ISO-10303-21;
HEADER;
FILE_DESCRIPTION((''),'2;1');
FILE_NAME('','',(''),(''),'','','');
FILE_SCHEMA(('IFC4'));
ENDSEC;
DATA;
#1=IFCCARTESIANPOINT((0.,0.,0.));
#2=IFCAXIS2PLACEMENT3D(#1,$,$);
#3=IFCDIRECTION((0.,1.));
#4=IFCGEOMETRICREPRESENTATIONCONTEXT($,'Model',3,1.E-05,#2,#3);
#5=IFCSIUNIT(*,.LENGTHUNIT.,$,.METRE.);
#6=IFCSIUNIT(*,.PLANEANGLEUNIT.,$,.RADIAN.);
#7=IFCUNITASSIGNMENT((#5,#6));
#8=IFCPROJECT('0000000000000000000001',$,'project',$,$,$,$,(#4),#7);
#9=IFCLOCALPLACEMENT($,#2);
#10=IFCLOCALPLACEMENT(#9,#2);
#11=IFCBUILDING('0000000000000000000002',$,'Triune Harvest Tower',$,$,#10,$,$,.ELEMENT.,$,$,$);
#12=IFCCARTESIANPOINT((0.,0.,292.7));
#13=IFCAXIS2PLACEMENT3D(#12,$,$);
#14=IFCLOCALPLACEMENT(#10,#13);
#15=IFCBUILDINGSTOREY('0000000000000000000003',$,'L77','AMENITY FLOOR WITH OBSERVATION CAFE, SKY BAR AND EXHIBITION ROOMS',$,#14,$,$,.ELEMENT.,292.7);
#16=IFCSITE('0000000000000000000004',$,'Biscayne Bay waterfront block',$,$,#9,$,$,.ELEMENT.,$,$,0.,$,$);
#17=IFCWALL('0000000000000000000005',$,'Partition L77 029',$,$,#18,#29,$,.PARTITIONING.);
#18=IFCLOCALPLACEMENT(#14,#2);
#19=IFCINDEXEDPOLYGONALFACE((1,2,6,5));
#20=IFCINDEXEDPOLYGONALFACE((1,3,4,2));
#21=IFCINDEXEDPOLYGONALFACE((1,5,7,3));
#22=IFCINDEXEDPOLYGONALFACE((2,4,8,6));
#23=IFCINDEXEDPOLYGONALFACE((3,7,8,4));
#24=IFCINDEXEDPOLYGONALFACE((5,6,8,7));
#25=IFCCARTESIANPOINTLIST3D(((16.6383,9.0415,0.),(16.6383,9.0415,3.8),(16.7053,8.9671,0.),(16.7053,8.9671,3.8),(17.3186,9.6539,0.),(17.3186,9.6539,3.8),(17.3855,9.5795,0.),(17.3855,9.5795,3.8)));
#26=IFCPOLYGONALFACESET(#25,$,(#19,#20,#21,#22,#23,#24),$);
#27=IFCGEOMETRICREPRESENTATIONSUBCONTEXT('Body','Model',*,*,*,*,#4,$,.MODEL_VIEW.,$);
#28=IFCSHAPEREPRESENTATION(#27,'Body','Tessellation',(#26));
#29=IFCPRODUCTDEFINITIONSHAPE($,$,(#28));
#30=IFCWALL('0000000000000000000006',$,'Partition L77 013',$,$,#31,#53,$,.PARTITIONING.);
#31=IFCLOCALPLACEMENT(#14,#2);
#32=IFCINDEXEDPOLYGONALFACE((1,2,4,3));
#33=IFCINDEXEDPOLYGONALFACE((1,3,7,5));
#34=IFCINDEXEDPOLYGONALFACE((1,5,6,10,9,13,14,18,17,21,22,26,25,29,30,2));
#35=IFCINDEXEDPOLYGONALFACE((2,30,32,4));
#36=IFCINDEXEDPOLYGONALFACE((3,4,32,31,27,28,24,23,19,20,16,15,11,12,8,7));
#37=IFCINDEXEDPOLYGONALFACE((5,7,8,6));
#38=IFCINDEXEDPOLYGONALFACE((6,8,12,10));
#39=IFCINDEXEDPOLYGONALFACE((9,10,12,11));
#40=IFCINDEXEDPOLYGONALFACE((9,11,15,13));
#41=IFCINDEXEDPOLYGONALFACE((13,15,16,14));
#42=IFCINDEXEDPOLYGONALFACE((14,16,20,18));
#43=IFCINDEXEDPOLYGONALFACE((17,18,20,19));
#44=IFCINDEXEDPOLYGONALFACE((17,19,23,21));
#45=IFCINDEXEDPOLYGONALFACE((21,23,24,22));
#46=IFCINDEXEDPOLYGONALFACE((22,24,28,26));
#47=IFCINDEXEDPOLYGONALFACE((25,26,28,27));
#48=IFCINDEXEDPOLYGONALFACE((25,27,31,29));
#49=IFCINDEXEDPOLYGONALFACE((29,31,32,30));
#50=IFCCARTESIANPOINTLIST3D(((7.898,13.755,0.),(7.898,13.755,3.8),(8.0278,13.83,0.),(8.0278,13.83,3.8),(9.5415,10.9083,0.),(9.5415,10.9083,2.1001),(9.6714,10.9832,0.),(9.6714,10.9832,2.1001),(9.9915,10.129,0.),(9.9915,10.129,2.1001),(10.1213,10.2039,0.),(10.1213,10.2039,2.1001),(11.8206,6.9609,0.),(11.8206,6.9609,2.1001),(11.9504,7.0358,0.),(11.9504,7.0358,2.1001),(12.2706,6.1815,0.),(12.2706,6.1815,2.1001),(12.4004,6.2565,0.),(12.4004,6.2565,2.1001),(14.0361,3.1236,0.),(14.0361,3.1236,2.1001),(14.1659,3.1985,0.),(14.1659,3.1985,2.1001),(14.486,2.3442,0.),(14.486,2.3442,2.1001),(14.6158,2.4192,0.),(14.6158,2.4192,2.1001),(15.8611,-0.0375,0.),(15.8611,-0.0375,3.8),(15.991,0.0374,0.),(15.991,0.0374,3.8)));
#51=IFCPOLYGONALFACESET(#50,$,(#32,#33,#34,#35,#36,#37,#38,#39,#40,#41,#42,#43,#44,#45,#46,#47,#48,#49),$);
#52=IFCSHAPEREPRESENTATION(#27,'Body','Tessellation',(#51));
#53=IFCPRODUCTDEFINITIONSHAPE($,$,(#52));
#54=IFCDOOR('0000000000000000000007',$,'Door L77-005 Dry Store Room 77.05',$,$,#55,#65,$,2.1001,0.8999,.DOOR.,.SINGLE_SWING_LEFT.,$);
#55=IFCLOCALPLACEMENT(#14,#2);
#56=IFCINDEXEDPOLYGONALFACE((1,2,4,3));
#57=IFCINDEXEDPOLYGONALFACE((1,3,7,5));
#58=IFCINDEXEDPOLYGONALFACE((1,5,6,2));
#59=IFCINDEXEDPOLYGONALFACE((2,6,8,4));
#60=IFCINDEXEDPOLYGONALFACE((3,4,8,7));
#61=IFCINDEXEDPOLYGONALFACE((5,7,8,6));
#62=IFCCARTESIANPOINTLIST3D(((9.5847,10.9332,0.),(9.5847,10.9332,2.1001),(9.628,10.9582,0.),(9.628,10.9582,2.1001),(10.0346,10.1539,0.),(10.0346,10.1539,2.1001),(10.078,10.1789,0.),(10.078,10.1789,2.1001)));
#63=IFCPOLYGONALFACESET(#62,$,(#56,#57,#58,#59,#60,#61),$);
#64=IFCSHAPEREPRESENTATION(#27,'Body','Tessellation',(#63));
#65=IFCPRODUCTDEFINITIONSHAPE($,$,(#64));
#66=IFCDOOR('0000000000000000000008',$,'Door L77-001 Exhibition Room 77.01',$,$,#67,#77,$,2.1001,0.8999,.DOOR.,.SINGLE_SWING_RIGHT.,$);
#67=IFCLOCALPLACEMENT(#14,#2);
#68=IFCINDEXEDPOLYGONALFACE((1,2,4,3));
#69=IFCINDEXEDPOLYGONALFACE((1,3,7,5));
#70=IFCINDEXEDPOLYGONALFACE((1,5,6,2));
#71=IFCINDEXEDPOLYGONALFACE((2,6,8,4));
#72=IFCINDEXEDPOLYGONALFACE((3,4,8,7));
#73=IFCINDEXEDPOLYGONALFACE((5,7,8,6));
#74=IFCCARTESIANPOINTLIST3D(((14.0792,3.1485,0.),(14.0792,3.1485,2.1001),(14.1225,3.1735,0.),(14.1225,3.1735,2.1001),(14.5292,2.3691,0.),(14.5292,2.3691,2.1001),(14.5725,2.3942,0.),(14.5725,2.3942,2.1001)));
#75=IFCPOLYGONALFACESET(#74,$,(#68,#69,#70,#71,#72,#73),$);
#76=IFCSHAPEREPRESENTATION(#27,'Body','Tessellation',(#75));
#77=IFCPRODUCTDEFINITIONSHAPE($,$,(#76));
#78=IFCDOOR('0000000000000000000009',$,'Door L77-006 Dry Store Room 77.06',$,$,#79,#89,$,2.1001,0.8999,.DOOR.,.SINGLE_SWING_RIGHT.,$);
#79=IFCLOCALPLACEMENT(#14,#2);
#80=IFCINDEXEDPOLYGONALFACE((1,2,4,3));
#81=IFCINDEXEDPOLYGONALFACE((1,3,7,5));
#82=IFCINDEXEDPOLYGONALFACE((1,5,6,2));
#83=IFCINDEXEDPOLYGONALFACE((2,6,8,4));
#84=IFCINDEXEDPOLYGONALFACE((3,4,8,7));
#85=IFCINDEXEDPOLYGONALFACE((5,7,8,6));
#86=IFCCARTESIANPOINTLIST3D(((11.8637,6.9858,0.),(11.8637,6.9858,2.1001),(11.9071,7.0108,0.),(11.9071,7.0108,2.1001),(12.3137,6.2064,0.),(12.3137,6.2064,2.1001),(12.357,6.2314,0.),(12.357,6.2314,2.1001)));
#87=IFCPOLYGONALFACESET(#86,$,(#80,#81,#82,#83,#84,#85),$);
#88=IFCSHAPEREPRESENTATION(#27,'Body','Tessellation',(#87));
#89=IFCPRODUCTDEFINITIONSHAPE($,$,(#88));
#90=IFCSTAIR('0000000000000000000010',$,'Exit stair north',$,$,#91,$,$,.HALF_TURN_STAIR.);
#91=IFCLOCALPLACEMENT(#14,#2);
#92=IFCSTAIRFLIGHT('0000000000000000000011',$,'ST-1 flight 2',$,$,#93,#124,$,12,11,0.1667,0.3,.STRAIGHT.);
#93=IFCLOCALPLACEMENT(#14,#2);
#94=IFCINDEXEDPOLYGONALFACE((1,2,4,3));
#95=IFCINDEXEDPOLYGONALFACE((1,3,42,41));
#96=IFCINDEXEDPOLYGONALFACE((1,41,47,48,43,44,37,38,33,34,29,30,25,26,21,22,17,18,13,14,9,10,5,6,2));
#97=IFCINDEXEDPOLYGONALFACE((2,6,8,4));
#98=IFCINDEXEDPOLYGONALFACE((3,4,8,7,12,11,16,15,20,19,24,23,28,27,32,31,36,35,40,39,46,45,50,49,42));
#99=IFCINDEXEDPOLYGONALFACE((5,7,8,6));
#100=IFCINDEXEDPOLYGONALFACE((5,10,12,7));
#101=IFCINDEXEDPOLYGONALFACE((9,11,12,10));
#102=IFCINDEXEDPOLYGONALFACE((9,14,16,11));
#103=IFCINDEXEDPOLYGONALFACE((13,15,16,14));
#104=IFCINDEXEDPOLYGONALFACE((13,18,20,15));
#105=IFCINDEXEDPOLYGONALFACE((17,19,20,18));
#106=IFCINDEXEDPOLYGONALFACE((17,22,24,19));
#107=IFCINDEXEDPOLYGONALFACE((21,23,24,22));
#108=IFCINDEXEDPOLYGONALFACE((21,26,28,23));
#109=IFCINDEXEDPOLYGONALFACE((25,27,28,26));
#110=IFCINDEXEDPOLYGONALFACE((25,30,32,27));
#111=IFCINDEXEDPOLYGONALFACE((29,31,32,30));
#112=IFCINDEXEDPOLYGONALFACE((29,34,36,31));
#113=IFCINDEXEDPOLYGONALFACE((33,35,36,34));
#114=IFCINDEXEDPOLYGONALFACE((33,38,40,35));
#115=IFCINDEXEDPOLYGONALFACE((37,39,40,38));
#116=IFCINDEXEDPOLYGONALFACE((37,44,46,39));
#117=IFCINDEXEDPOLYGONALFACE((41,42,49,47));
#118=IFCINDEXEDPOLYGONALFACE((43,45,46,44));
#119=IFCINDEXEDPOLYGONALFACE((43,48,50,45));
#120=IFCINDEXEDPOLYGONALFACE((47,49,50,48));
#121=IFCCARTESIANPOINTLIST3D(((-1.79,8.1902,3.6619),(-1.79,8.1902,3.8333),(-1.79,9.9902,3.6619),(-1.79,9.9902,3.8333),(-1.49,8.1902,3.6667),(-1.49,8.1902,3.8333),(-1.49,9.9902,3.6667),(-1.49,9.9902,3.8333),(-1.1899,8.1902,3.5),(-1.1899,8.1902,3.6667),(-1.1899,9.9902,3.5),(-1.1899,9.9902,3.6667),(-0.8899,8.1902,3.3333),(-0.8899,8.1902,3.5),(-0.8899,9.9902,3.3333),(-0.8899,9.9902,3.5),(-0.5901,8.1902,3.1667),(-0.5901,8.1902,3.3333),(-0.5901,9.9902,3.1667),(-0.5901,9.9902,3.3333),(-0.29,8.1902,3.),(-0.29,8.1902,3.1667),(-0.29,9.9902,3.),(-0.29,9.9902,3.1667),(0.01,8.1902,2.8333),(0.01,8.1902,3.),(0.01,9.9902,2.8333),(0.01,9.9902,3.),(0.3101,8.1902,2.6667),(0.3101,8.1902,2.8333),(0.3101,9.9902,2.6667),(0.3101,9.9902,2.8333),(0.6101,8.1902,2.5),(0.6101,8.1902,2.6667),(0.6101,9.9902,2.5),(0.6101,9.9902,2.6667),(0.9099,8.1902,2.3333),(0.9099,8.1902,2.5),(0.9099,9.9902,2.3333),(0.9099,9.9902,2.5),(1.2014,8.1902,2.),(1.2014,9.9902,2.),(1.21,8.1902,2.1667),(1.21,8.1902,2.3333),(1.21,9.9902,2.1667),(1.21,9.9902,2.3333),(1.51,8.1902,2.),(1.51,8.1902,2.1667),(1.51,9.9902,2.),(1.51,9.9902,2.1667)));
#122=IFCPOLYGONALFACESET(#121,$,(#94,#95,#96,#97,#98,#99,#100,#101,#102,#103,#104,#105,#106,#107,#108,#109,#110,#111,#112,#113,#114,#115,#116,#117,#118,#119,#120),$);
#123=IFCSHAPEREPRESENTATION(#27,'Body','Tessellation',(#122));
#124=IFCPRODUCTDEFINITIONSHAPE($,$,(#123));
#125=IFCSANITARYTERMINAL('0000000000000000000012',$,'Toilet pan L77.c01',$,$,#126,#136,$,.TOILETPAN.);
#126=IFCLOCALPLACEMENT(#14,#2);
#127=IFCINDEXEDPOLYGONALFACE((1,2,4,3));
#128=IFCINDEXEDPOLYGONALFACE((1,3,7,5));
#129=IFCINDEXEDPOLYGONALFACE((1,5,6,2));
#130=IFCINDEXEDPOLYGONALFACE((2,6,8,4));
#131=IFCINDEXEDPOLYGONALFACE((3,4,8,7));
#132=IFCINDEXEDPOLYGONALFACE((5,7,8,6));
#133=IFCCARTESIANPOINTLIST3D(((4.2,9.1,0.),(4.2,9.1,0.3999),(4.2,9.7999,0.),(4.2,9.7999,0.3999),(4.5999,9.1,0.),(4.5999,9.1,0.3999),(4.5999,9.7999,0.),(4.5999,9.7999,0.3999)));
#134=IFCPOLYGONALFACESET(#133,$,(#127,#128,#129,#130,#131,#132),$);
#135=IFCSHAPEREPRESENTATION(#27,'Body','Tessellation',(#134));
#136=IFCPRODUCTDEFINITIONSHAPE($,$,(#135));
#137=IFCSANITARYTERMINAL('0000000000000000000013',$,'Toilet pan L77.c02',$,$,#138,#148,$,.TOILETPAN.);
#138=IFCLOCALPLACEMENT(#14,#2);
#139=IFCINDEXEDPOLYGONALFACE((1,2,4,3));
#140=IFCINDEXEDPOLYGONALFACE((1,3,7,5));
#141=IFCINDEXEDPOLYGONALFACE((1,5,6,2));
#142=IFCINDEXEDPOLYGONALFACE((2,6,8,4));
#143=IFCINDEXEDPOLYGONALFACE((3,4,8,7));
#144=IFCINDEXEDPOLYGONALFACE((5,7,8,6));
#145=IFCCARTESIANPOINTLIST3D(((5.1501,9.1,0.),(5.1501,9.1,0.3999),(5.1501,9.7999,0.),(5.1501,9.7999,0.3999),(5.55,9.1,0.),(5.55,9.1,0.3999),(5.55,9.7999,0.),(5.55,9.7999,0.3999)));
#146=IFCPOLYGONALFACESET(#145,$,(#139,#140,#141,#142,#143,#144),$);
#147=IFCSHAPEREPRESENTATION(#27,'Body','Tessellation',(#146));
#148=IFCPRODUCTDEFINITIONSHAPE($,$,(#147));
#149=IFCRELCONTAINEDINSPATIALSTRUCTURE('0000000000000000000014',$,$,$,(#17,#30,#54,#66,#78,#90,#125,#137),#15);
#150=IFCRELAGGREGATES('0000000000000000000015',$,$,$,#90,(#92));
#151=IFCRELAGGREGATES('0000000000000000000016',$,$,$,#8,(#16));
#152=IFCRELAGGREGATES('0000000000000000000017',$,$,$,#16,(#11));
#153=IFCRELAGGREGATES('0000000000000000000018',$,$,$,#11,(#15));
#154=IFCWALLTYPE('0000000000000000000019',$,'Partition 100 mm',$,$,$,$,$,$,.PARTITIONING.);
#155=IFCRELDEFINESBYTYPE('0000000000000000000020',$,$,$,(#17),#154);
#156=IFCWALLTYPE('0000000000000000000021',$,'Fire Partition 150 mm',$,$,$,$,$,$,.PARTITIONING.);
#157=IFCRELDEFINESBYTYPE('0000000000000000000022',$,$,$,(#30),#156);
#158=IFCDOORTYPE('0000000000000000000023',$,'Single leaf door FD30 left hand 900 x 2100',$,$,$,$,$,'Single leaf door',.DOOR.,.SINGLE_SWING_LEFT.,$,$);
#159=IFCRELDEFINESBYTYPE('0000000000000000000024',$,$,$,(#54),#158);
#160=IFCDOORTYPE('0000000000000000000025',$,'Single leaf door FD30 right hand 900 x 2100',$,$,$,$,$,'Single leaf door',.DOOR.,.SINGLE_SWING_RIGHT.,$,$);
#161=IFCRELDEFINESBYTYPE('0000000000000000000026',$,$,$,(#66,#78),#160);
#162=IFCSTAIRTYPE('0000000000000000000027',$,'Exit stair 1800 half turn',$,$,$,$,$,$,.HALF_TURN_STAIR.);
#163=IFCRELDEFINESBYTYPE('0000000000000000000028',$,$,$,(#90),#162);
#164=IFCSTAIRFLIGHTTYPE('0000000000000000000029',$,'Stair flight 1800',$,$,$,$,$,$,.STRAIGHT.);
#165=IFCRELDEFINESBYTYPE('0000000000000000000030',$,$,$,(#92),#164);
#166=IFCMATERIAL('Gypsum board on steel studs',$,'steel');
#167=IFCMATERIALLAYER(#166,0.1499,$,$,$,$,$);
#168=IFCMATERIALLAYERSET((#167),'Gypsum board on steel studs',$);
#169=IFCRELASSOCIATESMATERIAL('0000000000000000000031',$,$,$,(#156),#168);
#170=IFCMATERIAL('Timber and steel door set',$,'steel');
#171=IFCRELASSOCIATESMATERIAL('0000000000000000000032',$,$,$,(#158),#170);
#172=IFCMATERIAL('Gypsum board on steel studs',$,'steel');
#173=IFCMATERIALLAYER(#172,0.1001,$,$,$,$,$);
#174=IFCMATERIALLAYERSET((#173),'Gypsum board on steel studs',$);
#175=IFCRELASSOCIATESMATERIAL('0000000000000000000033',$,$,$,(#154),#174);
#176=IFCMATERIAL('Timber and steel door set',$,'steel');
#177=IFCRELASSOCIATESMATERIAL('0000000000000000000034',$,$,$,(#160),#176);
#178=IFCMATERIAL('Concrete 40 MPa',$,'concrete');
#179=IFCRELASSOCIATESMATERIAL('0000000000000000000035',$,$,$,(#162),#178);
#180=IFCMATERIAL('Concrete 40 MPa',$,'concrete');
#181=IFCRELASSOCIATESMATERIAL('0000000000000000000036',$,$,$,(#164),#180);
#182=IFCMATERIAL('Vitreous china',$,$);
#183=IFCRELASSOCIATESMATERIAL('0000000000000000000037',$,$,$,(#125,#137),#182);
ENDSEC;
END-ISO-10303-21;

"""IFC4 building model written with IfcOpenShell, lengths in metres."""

from ifc_helpers import new_model, si_unit, direction, frame, frame_2d, origin, origin_2d, place, context, subcontext, project, spatial, polyline, rectangle, outline, extrude, source, transform, mapped, material, layer, layer_set, type_object, element, fill, aggregate, save


model = new_model("IFC4")

# Units and contexts
model_context = context("Model", 3, precision=1e-05, world=origin(), true_north=direction((0.0, 1.0)))
body_context = subcontext(model_context, "Body", "Model", "MODEL_VIEW")
ifc_project = project(units=[si_unit("LENGTHUNIT", "METRE"), si_unit("PLANEANGLEUNIT", "RADIAN")], contexts=[model_context])

# Site, building, storey
site_placement = place(None, origin())
site = spatial("IfcSite", under=ifc_project, at=site_placement, Name="Biscayne Bay waterfront block", CompositionType="ELEMENT", RefElevation=0.0)
building_placement = place(site_placement, origin())
building = spatial("IfcBuilding", under=site, at=building_placement, Name="Triune Harvest Tower", CompositionType="ELEMENT")
storey_placement = place(building_placement, frame((0.0, 0.0, 292.7)))
storey = spatial("IfcBuildingStorey", under=building, at=storey_placement, Name="L77", Description="AMENITY FLOOR WITH OBSERVATION CAFE, SKY BAR AND EXHIBITION ROOMS", CompositionType="ELEMENT", Elevation=292.7)

# Shared definitions
ifc_material_1 = material(Name="Gypsum board on steel studs", Category="steel")
ifc_layer_1 = layer(ifc_material_1, 0.1499)
ifc_layer_set_1 = layer_set([ifc_layer_1], Name="Gypsum board on steel studs")
wall_type_1 = type_object("IfcWallType", Name="Fire Partition 150 mm", PredefinedType="PARTITIONING", material=ifc_layer_set_1)
ifc_material_2 = material(Name="Timber and steel door set", Category="steel")
door_type_1 = type_object("IfcDoorType", Name="Single leaf door FD30 left hand 900 x 2100", ElementType="Single leaf door", OperationType="SINGLE_SWING_LEFT", PredefinedType="DOOR", material=ifc_material_2)

# Shared definitions
ifc_material_3 = material(Name="Gypsum board on steel studs", Category="steel")
ifc_layer_2 = layer(ifc_material_3, 0.1001)
ifc_layer_set_2 = layer_set([ifc_layer_2], Name="Gypsum board on steel studs")
wall_type_2 = type_object("IfcWallType", Name="Partition 100 mm", PredefinedType="PARTITIONING", material=ifc_layer_set_2)

# Wall
shared_shape_1 = source(origin(), body_context, "Body", "SweptSolid", [
    extrude(rectangle(XDim=0.9153, YDim=0.1001, at=frame_2d((0.4575, 0.0))), origin(), (0.0, 0.0, 1.0), 3.8),
])
wall_1_placement = place(storey_placement, frame((16.6719, 9.0044, 0.0), z_axis=(0.0, 0.0, 1.0), x_axis=(0.743215, 0.669053, 0.0)))
element("IfcWall", 1, at=wall_1_placement, inside=storey, type_object=wall_type_2, Name="Partition L77 029", PredefinedType="PARTITIONING", context=body_context, shape_type="MappedRepresentation", body=[
    mapped(shared_shape_1, transform((0.0, 0.0, 0.0), scale=1.0)),
])

# Wall, openings, doors
shared_shape_2 = source(origin(), body_context, "Body", "SweptSolid", [
    extrude(rectangle(XDim=15.9263, YDim=0.1499, at=frame_2d((7.9631, 0.0))), origin(), (0.0, 0.0, 1.0), 3.8),
])
wall_2_placement = place(storey_placement, frame((7.9629, 13.7925, 0.0), z_axis=(0.0, 0.0, 1.0), x_axis=(0.500002, -0.866024, 0.0)))
wall_2 = element("IfcWall", 2, at=wall_2_placement, inside=storey, type_object=wall_type_1, Name="Partition L77 013", PredefinedType="PARTITIONING", context=body_context, shape_type="MappedRepresentation", body=[
    mapped(shared_shape_2, transform((0.0, 0.0, 0.0), scale=1.0)),
])
opening_1_placement = place(wall_2_placement, frame((12.2761, 0.0, 0.0)))
opening_1 = element("IfcOpeningElement", 3, at=opening_1_placement, cuts=wall_2, PredefinedType="OPENING", context=body_context, shape_type="SweptSolid", body=[
    extrude(rectangle(XDim=0.8999, YDim=2.1001, at=frame_2d((0.45, 1.05))), frame((0.0, 0.085, 0.0), z_axis=(0.0, -1.0, 0.0), x_axis=(1.0, 0.0, 0.0)), (0.0, 0.0, 1.0), 0.1699),
])
opening_2_placement = place(wall_2_placement, frame((3.2871, 0.0, 0.0)))
opening_2 = element("IfcOpeningElement", 4, at=opening_2_placement, cuts=wall_2, PredefinedType="OPENING", context=body_context, shape_type="SweptSolid", body=[
    extrude(rectangle(XDim=0.8999, YDim=2.1001, at=frame_2d((0.45, 1.05))), frame((0.0, 0.085, 0.0), z_axis=(0.0, -1.0, 0.0), x_axis=(1.0, 0.0, 0.0)), (0.0, 0.0, 1.0), 0.1699),
])
opening_3_placement = place(wall_2_placement, frame((7.8452, 0.0, 0.0)))
opening_3 = element("IfcOpeningElement", 5, at=opening_3_placement, cuts=wall_2, PredefinedType="OPENING", context=body_context, shape_type="SweptSolid", body=[
    extrude(rectangle(XDim=0.8999, YDim=2.1001, at=frame_2d((0.45, 1.05))), frame((0.0, 0.085, 0.0), z_axis=(0.0, -1.0, 0.0), x_axis=(1.0, 0.0, 0.0)), (0.0, 0.0, 1.0), 0.1699),
])
door_1_placement = place(opening_2_placement, origin())
door_1 = element("IfcDoor", 6, at=door_1_placement, inside=storey, type_object=door_type_1, Name="Door L77-005 Dry Store Room 77.05", OperationType="SINGLE_SWING_LEFT", OverallHeight=2.1001, OverallWidth=0.8999, PredefinedType="DOOR", context=body_context, shape_type="SweptSolid", body=[
    extrude(rectangle(XDim=0.8999, YDim=2.1001, at=frame_2d((0.45, 1.05))), frame((0.0, 0.0249, 0.0), z_axis=(0.0, -1.0, 0.0), x_axis=(1.0, 0.0, 0.0)), (0.0, 0.0, 1.0), 0.05),
])
fill(opening_2, door_1)
ifc_material_4 = material(Name="Timber and steel door set", Category="steel")
door_type_2 = type_object("IfcDoorType", Name="Single leaf door FD30 right hand 900 x 2100", ElementType="Single leaf door", OperationType="SINGLE_SWING_RIGHT", PredefinedType="DOOR", material=ifc_material_4)
door_2_placement = place(opening_1_placement, origin())
door_2 = element("IfcDoor", 7, at=door_2_placement, inside=storey, type_object=door_type_2, Name="Door L77-001 Exhibition Room 77.01", OperationType="SINGLE_SWING_RIGHT", OverallHeight=2.1001, OverallWidth=0.8999, PredefinedType="DOOR", context=body_context, shape_type="SweptSolid", body=[
    extrude(rectangle(XDim=0.8999, YDim=2.1001, at=frame_2d((0.45, 1.05))), frame((0.0, 0.0249, 0.0), z_axis=(0.0, -1.0, 0.0), x_axis=(1.0, 0.0, 0.0)), (0.0, 0.0, 1.0), 0.05),
])
fill(opening_1, door_2)
door_3_placement = place(opening_3_placement, origin())
door_3 = element("IfcDoor", 8, at=door_3_placement, inside=storey, type_object=door_type_2, Name="Door L77-006 Dry Store Room 77.06", OperationType="SINGLE_SWING_RIGHT", OverallHeight=2.1001, OverallWidth=0.8999, PredefinedType="DOOR", context=body_context, shape_type="SweptSolid", body=[
    extrude(rectangle(XDim=0.8999, YDim=2.1001, at=frame_2d((0.45, 1.05))), frame((0.0, 0.0249, 0.0), z_axis=(0.0, -1.0, 0.0), x_axis=(1.0, 0.0, 0.0)), (0.0, 0.0, 1.0), 0.05),
])
fill(opening_3, door_3)

# Stair, stair flight
ifc_material_5 = material(Name="Concrete 40 MPa", Category="concrete")
stair_type = type_object("IfcStairType", Name="Exit stair 1800 half turn", PredefinedType="HALF_TURN_STAIR", material=ifc_material_5)
stair_placement = place(storey_placement, origin())
stair = element("IfcStair", 9, at=stair_placement, inside=storey, type_object=stair_type, Name="Exit stair north", PredefinedType="HALF_TURN_STAIR")
ifc_material_6 = material(Name="Concrete 40 MPa", Category="concrete")
stair_flight_type = type_object("IfcStairFlightType", Name="Stair flight 1800", PredefinedType="STRAIGHT", material=ifc_material_6)
shared_shape_3 = source(origin(), body_context, "Body", "SweptSolid", [
    extrude(outline(polyline([(0.0, 0.0), (0.0, 0.1667), (0.3, 0.1667), (0.3, 0.3333), (0.6001, 0.3333), (0.6001, 0.5), (0.8999, 0.5), (0.8999, 0.6667), (1.2, 0.6667), (1.2, 0.8333), (1.5, 0.8333), (1.5, 1.0), (1.8, 1.0), (1.8, 1.1667), (2.1001, 1.1667), (2.1001, 1.3333), (2.3999, 1.3333), (2.3999, 1.5), (2.7, 1.5), (2.7, 1.6667), (3.0, 1.6667), (3.0, 1.8333), (3.3, 1.8333), (3.3, 2.0), (3.3, 1.6619), (0.3086, 0.0), (0.0, 0.0)])), frame((0.0, 0.8999, 0.0), z_axis=(0.0, -1.0, 0.0), x_axis=(1.0, 0.0, 0.0)), (0.0, 0.0, 1.0), 1.8),
])
stair_flight_placement = place(storey_placement, frame((1.51, 9.0901, 2.0), z_axis=(0.0, 0.0, 1.0), x_axis=(-1.0, 0.0, 0.0)))
stair_flight = element("IfcStairFlight", 10, at=stair_flight_placement, type_object=stair_flight_type, Name="ST-1 flight 2", NumberOfRisers=12, NumberOfTreads=11, PredefinedType="STRAIGHT", RiserHeight=0.1667, TreadLength=0.3, context=body_context, shape_type="MappedRepresentation", body=[
    mapped(shared_shape_3, transform((0.0, 0.0, 0.0), scale=1.0)),
])
aggregate(stair, [stair_flight])

# Sanitary terminals
ifc_material_7 = material(Name="Vitreous china")
shared_shape_4 = source(origin(), body_context, "Body", "SweptSolid", [
    extrude(rectangle(XDim=0.3999, YDim=0.7, at=origin_2d()), origin(), (0.0, 0.0, 1.0), 0.3999),
])
for number, where, z_axis, x_axis, name in (
    (11, (4.3999, 9.45, 0.0), (0.0, 0.0, 1.0), (1.0, 0.0, 0.0), "Toilet pan L77.c01"),
    (12, (5.3501, 9.45, 0.0), (0.0, 0.0, 1.0), (1.0, 0.0, 0.0), "Toilet pan L77.c02"),
):
    element("IfcSanitaryTerminal", number, at=place(storey_placement, frame(where, z_axis=z_axis, x_axis=x_axis)), inside=storey, material=ifc_material_7, Name=name, PredefinedType="TOILETPAN", context=body_context, shape_type="MappedRepresentation", body=[
        mapped(shared_shape_4, transform((0.0, 0.0, 0.0), scale=1.0)),
    ])

save(model, "model.ifc")
